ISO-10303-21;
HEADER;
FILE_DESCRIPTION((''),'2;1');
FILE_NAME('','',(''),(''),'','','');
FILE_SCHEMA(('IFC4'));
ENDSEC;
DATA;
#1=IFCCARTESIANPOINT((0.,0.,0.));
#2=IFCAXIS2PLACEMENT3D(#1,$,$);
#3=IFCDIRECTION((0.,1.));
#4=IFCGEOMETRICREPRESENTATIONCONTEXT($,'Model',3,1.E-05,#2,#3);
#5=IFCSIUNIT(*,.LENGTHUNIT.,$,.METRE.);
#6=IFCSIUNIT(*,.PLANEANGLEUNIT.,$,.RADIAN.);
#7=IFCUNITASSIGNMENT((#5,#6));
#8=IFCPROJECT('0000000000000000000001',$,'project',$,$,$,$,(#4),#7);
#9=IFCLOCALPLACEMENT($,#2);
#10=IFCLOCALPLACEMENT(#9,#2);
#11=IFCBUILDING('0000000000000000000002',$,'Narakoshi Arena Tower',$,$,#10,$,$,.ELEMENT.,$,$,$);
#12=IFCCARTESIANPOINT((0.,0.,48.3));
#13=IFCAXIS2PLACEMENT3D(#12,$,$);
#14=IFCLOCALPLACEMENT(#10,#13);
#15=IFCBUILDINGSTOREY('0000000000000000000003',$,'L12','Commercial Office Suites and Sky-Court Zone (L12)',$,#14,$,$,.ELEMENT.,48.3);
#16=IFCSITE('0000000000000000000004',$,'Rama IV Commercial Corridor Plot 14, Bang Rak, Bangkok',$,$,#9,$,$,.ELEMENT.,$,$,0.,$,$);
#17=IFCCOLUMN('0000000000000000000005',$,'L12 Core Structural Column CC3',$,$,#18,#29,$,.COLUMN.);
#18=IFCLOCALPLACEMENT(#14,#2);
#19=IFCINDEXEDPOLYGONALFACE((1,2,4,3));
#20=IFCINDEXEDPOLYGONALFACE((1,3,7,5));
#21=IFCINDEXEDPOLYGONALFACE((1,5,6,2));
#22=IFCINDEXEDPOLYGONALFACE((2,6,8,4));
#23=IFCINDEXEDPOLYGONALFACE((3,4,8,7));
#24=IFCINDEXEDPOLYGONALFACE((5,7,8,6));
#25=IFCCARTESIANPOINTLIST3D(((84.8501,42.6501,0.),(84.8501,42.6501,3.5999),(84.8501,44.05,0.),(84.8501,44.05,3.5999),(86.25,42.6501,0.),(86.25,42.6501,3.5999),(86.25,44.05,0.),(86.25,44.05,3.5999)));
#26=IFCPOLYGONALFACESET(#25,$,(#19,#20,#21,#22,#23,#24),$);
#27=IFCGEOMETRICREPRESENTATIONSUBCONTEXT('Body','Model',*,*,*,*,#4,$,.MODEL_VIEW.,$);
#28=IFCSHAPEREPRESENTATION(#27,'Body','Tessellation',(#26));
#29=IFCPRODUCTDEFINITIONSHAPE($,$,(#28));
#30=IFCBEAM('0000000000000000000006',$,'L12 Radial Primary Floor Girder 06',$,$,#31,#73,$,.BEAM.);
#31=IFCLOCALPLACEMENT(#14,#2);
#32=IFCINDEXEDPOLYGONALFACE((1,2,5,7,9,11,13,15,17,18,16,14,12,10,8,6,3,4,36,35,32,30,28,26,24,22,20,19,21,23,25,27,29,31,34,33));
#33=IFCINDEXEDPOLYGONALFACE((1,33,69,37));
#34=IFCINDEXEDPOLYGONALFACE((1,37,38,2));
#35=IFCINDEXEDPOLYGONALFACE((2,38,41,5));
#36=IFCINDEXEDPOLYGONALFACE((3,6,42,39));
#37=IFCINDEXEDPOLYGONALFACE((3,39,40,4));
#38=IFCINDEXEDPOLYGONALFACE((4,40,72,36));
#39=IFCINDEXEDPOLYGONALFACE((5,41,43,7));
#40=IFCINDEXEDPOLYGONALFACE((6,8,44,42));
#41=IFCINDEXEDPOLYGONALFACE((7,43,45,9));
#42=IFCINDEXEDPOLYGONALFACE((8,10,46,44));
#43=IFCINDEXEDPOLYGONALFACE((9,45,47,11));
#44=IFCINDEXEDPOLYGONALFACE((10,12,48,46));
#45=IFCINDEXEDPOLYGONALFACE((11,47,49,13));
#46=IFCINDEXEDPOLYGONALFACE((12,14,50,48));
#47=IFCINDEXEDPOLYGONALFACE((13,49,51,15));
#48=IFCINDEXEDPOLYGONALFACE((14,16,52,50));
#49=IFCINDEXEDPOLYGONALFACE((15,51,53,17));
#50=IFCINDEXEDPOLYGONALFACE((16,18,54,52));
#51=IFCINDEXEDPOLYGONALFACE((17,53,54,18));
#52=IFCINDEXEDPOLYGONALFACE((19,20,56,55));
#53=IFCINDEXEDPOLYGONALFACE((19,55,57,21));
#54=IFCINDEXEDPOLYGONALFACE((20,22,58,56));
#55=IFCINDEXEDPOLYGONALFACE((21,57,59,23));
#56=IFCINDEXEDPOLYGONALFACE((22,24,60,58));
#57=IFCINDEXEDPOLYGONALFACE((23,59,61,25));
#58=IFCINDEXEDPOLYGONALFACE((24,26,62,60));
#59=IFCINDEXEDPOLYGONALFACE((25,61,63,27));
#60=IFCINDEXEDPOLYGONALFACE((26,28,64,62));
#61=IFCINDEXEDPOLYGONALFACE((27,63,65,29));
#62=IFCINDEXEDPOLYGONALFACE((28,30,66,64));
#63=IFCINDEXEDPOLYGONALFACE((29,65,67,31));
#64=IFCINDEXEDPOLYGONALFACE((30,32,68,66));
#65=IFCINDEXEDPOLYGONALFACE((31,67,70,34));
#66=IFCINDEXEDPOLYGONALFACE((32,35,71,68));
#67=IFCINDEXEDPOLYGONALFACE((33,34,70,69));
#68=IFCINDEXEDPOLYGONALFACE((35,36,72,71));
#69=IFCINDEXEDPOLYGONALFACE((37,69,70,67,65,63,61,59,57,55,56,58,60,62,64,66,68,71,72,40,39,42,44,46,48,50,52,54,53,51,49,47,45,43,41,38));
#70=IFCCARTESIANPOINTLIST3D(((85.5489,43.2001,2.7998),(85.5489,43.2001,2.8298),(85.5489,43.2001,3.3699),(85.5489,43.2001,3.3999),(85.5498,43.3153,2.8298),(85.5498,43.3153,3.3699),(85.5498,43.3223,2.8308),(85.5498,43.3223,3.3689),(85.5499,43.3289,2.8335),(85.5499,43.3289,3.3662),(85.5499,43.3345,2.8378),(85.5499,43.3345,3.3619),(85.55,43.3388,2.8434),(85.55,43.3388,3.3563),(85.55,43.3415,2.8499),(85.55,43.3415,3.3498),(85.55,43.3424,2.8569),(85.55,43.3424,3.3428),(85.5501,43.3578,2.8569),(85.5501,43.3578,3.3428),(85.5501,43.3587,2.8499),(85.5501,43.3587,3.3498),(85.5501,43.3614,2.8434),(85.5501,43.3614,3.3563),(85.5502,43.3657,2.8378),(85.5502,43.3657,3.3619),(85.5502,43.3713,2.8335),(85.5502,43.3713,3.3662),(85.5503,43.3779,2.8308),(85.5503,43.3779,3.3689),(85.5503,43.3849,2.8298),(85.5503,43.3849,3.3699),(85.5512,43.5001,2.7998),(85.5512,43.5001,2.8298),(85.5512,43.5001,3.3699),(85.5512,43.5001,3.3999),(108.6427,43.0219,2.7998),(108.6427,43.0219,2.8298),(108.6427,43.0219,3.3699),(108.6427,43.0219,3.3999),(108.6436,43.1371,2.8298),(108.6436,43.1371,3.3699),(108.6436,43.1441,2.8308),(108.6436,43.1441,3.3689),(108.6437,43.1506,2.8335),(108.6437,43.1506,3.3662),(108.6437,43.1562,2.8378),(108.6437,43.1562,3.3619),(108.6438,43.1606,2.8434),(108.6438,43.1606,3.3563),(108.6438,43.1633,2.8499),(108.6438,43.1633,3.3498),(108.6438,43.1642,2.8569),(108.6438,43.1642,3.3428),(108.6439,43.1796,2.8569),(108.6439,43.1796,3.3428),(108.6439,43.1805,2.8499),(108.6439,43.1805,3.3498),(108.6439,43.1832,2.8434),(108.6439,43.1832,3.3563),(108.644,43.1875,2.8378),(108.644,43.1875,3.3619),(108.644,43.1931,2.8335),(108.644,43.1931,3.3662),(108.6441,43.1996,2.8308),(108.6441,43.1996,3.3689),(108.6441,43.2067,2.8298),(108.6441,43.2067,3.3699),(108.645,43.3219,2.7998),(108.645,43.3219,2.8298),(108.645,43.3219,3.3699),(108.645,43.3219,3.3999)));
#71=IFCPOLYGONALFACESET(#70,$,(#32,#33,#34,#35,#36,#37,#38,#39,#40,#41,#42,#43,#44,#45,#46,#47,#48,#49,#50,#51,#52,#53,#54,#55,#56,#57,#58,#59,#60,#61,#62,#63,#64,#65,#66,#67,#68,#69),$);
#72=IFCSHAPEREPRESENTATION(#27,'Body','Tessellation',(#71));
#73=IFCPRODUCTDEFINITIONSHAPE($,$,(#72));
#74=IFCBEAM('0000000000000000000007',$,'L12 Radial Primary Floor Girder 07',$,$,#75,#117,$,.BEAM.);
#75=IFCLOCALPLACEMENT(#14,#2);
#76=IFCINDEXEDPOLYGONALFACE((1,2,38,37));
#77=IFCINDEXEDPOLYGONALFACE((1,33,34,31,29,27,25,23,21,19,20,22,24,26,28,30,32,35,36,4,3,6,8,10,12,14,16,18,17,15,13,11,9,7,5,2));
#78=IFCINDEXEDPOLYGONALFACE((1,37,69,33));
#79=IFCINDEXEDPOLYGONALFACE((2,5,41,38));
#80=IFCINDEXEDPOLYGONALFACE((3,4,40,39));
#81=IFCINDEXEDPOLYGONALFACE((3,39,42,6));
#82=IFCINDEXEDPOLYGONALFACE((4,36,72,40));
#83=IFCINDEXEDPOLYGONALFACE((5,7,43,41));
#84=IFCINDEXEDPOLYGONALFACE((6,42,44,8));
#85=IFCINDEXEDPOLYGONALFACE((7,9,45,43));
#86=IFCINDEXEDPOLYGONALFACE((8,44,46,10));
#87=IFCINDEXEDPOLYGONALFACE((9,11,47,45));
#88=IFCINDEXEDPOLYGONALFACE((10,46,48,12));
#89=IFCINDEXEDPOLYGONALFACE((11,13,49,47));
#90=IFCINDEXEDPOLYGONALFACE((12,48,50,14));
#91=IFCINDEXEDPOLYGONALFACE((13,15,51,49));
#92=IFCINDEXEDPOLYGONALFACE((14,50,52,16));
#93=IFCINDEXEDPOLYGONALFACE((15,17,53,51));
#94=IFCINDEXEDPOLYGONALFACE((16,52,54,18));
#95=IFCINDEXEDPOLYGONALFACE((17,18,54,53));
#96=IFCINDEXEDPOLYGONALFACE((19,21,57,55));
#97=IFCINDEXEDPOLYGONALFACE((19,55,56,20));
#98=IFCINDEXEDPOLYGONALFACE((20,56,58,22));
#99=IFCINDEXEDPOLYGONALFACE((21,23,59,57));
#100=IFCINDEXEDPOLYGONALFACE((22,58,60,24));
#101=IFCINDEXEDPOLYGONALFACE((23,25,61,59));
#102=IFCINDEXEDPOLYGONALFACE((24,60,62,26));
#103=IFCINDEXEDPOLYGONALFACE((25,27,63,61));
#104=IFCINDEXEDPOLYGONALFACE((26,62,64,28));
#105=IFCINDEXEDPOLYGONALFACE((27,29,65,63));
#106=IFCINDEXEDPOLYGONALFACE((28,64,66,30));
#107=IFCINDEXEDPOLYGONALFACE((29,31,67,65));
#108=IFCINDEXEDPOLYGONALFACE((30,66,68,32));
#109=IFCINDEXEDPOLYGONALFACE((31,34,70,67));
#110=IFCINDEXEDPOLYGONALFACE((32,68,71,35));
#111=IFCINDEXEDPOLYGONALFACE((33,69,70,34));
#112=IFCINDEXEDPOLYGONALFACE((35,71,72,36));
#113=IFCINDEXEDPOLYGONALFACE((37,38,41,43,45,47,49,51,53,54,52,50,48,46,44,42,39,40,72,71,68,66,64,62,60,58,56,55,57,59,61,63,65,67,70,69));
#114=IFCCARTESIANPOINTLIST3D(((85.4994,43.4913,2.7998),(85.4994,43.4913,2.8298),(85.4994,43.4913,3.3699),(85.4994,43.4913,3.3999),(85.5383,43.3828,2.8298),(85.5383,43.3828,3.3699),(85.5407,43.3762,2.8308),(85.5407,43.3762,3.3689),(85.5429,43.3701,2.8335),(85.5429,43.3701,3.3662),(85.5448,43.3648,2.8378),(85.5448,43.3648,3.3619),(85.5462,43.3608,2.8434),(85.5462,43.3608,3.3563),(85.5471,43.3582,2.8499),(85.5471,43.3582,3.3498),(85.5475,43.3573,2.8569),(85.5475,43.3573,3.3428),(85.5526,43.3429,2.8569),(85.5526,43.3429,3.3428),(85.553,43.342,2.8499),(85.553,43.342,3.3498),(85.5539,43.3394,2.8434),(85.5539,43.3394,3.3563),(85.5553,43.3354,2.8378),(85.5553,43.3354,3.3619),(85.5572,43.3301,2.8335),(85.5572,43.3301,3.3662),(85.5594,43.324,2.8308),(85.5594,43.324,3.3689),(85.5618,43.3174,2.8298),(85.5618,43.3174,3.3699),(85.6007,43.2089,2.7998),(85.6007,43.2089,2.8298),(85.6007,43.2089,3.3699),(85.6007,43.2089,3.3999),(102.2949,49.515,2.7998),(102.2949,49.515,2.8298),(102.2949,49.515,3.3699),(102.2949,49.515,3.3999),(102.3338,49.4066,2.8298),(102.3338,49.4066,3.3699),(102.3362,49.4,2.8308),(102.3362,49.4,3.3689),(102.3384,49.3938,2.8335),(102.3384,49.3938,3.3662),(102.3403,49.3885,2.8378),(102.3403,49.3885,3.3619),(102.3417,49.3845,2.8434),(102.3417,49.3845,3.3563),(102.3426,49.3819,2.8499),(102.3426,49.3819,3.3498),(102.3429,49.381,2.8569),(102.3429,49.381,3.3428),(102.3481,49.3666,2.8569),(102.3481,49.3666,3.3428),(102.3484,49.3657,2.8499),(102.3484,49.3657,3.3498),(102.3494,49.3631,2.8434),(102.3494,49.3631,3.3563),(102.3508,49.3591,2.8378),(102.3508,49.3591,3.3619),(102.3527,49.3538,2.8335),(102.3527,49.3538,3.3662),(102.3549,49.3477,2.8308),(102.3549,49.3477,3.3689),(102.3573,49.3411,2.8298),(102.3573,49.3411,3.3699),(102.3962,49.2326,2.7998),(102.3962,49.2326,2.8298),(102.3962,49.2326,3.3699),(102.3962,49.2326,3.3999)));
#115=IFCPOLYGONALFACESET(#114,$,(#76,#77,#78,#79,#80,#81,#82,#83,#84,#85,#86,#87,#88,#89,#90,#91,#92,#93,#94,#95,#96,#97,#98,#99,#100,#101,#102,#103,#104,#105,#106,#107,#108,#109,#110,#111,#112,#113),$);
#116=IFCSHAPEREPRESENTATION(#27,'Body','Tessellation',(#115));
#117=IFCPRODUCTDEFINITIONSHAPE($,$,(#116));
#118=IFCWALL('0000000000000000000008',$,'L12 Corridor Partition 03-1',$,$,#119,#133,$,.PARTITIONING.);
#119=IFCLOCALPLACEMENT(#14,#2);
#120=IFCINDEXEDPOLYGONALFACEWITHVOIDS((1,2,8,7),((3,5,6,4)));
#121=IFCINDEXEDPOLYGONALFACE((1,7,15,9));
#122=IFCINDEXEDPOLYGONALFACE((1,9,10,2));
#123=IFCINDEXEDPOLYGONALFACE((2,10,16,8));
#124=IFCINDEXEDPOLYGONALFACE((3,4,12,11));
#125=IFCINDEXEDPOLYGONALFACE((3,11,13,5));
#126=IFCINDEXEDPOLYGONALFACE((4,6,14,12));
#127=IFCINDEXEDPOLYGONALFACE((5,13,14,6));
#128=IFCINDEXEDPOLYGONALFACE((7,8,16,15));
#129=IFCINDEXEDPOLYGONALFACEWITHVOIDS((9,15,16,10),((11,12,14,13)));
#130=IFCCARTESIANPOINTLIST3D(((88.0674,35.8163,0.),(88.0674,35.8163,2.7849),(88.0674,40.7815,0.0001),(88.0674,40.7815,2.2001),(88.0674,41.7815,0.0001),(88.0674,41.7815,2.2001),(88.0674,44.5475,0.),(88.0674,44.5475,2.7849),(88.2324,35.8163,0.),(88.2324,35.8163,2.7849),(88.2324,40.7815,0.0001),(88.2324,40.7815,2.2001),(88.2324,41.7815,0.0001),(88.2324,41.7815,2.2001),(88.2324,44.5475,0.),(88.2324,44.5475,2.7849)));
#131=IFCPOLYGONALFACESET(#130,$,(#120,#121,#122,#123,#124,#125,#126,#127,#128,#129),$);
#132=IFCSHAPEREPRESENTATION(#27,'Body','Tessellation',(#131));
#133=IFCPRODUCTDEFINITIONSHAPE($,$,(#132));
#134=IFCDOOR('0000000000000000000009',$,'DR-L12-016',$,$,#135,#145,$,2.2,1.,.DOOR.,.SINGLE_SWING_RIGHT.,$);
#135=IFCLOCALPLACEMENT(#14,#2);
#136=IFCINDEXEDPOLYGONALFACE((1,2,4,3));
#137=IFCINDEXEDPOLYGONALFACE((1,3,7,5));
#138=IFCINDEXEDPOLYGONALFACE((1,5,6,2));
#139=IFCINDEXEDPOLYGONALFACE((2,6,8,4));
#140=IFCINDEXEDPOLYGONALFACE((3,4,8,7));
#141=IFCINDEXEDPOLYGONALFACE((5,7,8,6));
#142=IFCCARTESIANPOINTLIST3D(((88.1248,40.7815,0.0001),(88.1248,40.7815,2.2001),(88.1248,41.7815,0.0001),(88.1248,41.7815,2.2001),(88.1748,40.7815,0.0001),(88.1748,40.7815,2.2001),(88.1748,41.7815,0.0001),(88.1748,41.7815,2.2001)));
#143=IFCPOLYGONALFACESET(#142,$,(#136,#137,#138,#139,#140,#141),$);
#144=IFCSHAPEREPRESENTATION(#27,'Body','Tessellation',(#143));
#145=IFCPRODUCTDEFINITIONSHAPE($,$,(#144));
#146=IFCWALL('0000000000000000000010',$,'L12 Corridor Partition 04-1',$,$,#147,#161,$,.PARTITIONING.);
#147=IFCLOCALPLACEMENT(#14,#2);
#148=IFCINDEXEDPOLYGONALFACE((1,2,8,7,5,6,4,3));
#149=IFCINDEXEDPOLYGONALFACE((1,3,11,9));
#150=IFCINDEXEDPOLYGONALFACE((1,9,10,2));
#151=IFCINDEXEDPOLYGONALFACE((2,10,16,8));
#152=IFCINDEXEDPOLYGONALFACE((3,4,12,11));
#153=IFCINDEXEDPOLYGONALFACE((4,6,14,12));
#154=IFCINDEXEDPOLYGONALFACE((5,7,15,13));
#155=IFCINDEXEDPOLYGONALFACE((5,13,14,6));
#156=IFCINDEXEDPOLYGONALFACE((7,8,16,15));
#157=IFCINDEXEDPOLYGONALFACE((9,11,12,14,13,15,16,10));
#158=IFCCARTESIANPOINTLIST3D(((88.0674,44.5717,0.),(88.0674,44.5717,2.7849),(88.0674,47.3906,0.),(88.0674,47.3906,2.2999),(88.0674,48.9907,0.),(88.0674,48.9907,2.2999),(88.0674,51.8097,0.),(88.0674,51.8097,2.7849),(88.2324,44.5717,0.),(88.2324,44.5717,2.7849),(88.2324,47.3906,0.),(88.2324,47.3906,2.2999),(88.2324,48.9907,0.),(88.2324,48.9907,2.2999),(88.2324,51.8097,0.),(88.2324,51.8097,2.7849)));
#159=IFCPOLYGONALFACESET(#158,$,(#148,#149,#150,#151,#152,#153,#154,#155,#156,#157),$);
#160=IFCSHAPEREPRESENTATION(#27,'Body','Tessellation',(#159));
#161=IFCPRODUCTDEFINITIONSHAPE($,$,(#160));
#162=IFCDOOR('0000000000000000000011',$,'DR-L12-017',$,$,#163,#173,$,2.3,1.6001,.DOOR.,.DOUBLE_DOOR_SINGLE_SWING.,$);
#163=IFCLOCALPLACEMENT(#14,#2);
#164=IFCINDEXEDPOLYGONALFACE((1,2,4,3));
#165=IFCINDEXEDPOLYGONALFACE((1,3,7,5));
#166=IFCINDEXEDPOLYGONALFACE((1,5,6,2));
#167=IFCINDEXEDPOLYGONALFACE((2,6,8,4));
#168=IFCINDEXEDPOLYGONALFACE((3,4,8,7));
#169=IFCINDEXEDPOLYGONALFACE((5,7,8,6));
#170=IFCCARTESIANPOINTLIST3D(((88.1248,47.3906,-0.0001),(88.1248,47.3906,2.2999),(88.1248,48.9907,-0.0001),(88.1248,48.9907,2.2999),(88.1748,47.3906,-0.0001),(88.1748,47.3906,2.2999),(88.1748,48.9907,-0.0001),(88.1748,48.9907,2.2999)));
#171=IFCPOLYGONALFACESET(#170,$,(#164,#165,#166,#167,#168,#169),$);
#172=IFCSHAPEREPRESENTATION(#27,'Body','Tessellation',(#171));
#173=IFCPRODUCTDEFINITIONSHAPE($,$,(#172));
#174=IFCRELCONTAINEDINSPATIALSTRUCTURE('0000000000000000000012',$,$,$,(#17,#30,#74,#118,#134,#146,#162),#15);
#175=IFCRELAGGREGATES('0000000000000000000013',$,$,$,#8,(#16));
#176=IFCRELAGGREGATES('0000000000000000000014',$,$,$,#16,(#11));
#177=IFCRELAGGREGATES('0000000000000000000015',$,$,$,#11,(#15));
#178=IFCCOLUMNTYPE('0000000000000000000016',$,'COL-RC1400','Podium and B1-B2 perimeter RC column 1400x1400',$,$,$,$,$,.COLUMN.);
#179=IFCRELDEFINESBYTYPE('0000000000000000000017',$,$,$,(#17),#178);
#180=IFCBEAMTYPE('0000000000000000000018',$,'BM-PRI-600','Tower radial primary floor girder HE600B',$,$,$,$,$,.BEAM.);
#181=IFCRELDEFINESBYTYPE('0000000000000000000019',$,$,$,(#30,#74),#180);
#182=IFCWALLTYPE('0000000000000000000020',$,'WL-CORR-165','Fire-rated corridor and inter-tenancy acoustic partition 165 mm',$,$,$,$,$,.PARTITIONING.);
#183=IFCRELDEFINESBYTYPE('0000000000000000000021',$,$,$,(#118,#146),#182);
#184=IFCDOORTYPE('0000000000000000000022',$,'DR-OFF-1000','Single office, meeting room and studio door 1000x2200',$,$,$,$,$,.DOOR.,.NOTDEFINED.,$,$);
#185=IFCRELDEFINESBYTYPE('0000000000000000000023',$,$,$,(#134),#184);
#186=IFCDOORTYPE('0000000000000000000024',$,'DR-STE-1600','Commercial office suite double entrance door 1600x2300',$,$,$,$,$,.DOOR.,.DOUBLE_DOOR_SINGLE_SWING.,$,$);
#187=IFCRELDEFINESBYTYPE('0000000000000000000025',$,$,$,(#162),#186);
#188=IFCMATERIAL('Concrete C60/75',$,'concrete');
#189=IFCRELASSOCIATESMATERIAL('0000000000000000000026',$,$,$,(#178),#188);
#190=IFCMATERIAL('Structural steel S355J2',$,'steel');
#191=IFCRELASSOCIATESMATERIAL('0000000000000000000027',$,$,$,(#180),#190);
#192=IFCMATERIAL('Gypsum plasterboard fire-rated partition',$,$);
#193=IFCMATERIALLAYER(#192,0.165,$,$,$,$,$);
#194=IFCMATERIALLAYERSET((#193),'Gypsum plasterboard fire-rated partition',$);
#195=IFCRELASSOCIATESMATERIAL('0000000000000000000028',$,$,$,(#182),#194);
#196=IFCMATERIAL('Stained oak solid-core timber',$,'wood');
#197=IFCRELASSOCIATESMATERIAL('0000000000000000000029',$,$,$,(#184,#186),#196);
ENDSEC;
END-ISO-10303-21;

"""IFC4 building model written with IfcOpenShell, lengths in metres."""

from ifc_helpers import new_model, si_unit, direction, frame, frame_2d, origin, origin_2d, place, context, subcontext, project, spatial, rectangle, i_section, extrude, material, layer, layer_set, material_profile, profile_set, type_object, element, fill, save


model = new_model("IFC4")

# Units and contexts
model_context = context("Model", 3, precision=1e-05, world=origin(), true_north=direction((0.0, 1.0)))
body_context = subcontext(model_context, "Body", "Model", "MODEL_VIEW")
ifc_project = project(units=[si_unit("LENGTHUNIT", "METRE"), si_unit("PLANEANGLEUNIT", "RADIAN")], contexts=[model_context])

# Site, building, storey
site_placement = place(None, origin())
site = spatial("IfcSite", under=ifc_project, at=site_placement, Name="Rama IV Commercial Corridor Plot 14, Bang Rak, Bangkok", CompositionType="ELEMENT", RefElevation=0.0)
building_placement = place(site_placement, origin())
building = spatial("IfcBuilding", under=site, at=building_placement, Name="Narakoshi Arena Tower", CompositionType="ELEMENT")
storey_placement = place(building_placement, frame((0.0, 0.0, 48.3)))
storey = spatial("IfcBuildingStorey", under=building, at=storey_placement, Name="L12", Description="Commercial Office Suites and Sky-Court Zone (L12)", CompositionType="ELEMENT", Elevation=48.3)

# Column
ifc_material_1 = material(Name="Concrete C60/75", Category="concrete")
ifc_material_profile_1 = material_profile(ifc_material_1, rectangle(XDim=1.3999, YDim=1.3999, at=origin_2d()), Name="RC1400x1400")
ifc_profile_set_1 = profile_set([ifc_material_profile_1], Name="Concrete C60/75")
column_type = type_object("IfcColumnType", Name="COL-RC1400", Description="Podium and B1-B2 perimeter RC column 1400x1400", PredefinedType="COLUMN", material=ifc_profile_set_1)
column_placement = place(storey_placement, frame((85.55, 43.3501, 0.0), z_axis=(0.0, 0.0, 1.0), x_axis=(1.0, 0.0, 0.0)))
element("IfcColumn", 1, at=column_placement, inside=storey, type_object=column_type, Name="L12 Core Structural Column CC3", PredefinedType="COLUMN", context=body_context, shape_type="SweptSolid", body=[
    extrude(rectangle(XDim=1.3999, YDim=1.3999, at=origin_2d()), origin(), (0.0, 0.0, 1.0), 3.5999),
])

# Beams
ifc_material_2 = material(Name="Structural steel S355J2", Category="steel")
ifc_material_profile_2 = material_profile(ifc_material_2, i_section(OverallWidth=0.3, OverallDepth=0.6001, WebThickness=0.0154, FlangeThickness=0.03, FilletRadius=0.0271, at=origin_2d()), Name="HE600B")
ifc_profile_set_2 = profile_set([ifc_material_profile_2], Name="Structural steel S355J2")
beam_type = type_object("IfcBeamType", Name="BM-PRI-600", Description="Tower radial primary floor girder HE600B", PredefinedType="BEAM", material=ifc_profile_set_2)
beam_1_placement = place(storey_placement, frame((85.55, 43.3501, 3.0999), z_axis=(0.99997, -0.007717, 0.0), x_axis=(0.007717, 0.99997, 0.0)))
element("IfcBeam", 2, at=beam_1_placement, inside=storey, type_object=beam_type, Name="L12 Radial Primary Floor Girder 06", PredefinedType="BEAM", context=body_context, shape_type="SweptSolid", body=[
    extrude(i_section(OverallWidth=0.3, OverallDepth=0.6001, WebThickness=0.0154, FlangeThickness=0.03, FilletRadius=0.0271, at=origin_2d()), origin(), (0.0, 0.0, 1.0), 23.0945),
])
beam_2_placement = place(storey_placement, frame((85.55, 43.3501, 3.0999), z_axis=(0.941292, 0.337595, 0.0), x_axis=(-0.337595, 0.941292, 0.0)))
element("IfcBeam", 3, at=beam_2_placement, inside=storey, type_object=beam_type, Name="L12 Radial Primary Floor Girder 07", PredefinedType="BEAM", context=body_context, shape_type="SweptSolid", body=[
    extrude(i_section(OverallWidth=0.3, OverallDepth=0.6001, WebThickness=0.0154, FlangeThickness=0.03, FilletRadius=0.0271, at=origin_2d()), origin(), (0.0, 0.0, 1.0), 17.843),
])

# Walls, openings, doors
ifc_material_3 = material(Name="Gypsum plasterboard fire-rated partition")
ifc_layer_1 = layer(ifc_material_3, 0.165)
ifc_layer_set_1 = layer_set([ifc_layer_1], Name="Gypsum plasterboard fire-rated partition")
wall_type_1 = type_object("IfcWallType", Name="WL-CORR-165", Description="Fire-rated corridor and inter-tenancy acoustic partition 165 mm", PredefinedType="PARTITIONING", material=ifc_layer_set_1)
wall_1_placement = place(storey_placement, frame((88.1499, 35.8162, 0.0), z_axis=(0.0, 0.0, 1.0), x_axis=(0.0, 1.0, 0.0)))
wall_1 = element("IfcWall", 4, at=wall_1_placement, inside=storey, type_object=wall_type_1, Name="L12 Corridor Partition 03-1", PredefinedType="PARTITIONING", context=body_context, shape_type="SweptSolid", body=[
    extrude(rectangle(XDim=8.7312, YDim=0.165, at=frame_2d((4.3657, 0.0))), origin(), (0.0, 0.0, 1.0), 2.7849),
])
opening_1_placement = place(wall_1_placement, frame((4.9653, 0.0, 0.0)))
opening_1 = element("IfcOpeningElement", 5, at=opening_1_placement, cuts=wall_1, PredefinedType="OPENING", context=body_context, shape_type="SweptSolid", body=[
    extrude(rectangle(XDim=1.0, YDim=2.2, at=frame_2d((0.5, 1.1001))), frame((0.0, 0.0925, 0.0), z_axis=(0.0, -1.0, 0.0), x_axis=(1.0, 0.0, 0.0)), (0.0, 0.0, 1.0), 0.1851),
])
ifc_material_4 = material(Name="Stained oak solid-core timber", Category="wood")
door_type_1 = type_object("IfcDoorType", Name="DR-OFF-1000", Description="Single office, meeting room and studio door 1000x2200", OperationType="NOTDEFINED", PredefinedType="DOOR", material=ifc_material_4)
door_1_placement = place(opening_1_placement, frame((1.0, 0.0, 0.0), z_axis=(0.0, 0.0, 1.0), x_axis=(-1.0, 0.0, 0.0)))
door_1 = element("IfcDoor", 6, at=door_1_placement, inside=storey, type_object=door_type_1, Name="DR-L12-016", OperationType="SINGLE_SWING_RIGHT", OverallHeight=2.2, OverallWidth=1.0, PredefinedType="DOOR", context=body_context, shape_type="SweptSolid", body=[
    extrude(rectangle(XDim=1.0, YDim=2.2, at=frame_2d((0.5, 1.1001))), frame((0.0, 0.0249, 0.0), z_axis=(0.0, -1.0, 0.0), x_axis=(1.0, 0.0, 0.0)), (0.0, 0.0, 1.0), 0.05),
])
fill(opening_1, door_1)
wall_2_placement = place(storey_placement, frame((88.1499, 44.5715, 0.0), z_axis=(0.0, 0.0, 1.0), x_axis=(0.0, 1.0, 0.0)))
wall_2 = element("IfcWall", 7, at=wall_2_placement, inside=storey, type_object=wall_type_1, Name="L12 Corridor Partition 04-1", PredefinedType="PARTITIONING", context=body_context, shape_type="SweptSolid", body=[
    extrude(rectangle(XDim=7.238, YDim=0.165, at=frame_2d((3.6191, 0.0))), origin(), (0.0, 0.0, 1.0), 2.7849),
])
opening_2_placement = place(wall_2_placement, frame((2.8191, 0.0, 0.0)))
opening_2 = element("IfcOpeningElement", 8, at=opening_2_placement, cuts=wall_2, PredefinedType="OPENING", context=body_context, shape_type="SweptSolid", body=[
    extrude(rectangle(XDim=1.6001, YDim=2.3, at=frame_2d((0.8, 1.1499))), frame((0.0, 0.0925, 0.0), z_axis=(0.0, -1.0, 0.0), x_axis=(1.0, 0.0, 0.0)), (0.0, 0.0, 1.0), 0.1851),
])
door_type_2 = type_object("IfcDoorType", Name="DR-STE-1600", Description="Commercial office suite double entrance door 1600x2300", OperationType="DOUBLE_DOOR_SINGLE_SWING", PredefinedType="DOOR", material=ifc_material_4)
door_2_placement = place(opening_2_placement, frame((1.6001, 0.0, 0.0), z_axis=(0.0, 0.0, 1.0), x_axis=(-1.0, 0.0, 0.0)))
door_2 = element("IfcDoor", 9, at=door_2_placement, inside=storey, type_object=door_type_2, Name="DR-L12-017", OperationType="DOUBLE_DOOR_SINGLE_SWING", OverallHeight=2.3, OverallWidth=1.6001, PredefinedType="DOOR", context=body_context, shape_type="SweptSolid", body=[
    extrude(rectangle(XDim=1.6001, YDim=2.3, at=frame_2d((0.8, 1.1499))), frame((0.0, 0.0249, 0.0), z_axis=(0.0, -1.0, 0.0), x_axis=(1.0, 0.0, 0.0)), (0.0, 0.0, 1.0), 0.05),
])
fill(opening_2, door_2)

save(model, "model.ifc")
